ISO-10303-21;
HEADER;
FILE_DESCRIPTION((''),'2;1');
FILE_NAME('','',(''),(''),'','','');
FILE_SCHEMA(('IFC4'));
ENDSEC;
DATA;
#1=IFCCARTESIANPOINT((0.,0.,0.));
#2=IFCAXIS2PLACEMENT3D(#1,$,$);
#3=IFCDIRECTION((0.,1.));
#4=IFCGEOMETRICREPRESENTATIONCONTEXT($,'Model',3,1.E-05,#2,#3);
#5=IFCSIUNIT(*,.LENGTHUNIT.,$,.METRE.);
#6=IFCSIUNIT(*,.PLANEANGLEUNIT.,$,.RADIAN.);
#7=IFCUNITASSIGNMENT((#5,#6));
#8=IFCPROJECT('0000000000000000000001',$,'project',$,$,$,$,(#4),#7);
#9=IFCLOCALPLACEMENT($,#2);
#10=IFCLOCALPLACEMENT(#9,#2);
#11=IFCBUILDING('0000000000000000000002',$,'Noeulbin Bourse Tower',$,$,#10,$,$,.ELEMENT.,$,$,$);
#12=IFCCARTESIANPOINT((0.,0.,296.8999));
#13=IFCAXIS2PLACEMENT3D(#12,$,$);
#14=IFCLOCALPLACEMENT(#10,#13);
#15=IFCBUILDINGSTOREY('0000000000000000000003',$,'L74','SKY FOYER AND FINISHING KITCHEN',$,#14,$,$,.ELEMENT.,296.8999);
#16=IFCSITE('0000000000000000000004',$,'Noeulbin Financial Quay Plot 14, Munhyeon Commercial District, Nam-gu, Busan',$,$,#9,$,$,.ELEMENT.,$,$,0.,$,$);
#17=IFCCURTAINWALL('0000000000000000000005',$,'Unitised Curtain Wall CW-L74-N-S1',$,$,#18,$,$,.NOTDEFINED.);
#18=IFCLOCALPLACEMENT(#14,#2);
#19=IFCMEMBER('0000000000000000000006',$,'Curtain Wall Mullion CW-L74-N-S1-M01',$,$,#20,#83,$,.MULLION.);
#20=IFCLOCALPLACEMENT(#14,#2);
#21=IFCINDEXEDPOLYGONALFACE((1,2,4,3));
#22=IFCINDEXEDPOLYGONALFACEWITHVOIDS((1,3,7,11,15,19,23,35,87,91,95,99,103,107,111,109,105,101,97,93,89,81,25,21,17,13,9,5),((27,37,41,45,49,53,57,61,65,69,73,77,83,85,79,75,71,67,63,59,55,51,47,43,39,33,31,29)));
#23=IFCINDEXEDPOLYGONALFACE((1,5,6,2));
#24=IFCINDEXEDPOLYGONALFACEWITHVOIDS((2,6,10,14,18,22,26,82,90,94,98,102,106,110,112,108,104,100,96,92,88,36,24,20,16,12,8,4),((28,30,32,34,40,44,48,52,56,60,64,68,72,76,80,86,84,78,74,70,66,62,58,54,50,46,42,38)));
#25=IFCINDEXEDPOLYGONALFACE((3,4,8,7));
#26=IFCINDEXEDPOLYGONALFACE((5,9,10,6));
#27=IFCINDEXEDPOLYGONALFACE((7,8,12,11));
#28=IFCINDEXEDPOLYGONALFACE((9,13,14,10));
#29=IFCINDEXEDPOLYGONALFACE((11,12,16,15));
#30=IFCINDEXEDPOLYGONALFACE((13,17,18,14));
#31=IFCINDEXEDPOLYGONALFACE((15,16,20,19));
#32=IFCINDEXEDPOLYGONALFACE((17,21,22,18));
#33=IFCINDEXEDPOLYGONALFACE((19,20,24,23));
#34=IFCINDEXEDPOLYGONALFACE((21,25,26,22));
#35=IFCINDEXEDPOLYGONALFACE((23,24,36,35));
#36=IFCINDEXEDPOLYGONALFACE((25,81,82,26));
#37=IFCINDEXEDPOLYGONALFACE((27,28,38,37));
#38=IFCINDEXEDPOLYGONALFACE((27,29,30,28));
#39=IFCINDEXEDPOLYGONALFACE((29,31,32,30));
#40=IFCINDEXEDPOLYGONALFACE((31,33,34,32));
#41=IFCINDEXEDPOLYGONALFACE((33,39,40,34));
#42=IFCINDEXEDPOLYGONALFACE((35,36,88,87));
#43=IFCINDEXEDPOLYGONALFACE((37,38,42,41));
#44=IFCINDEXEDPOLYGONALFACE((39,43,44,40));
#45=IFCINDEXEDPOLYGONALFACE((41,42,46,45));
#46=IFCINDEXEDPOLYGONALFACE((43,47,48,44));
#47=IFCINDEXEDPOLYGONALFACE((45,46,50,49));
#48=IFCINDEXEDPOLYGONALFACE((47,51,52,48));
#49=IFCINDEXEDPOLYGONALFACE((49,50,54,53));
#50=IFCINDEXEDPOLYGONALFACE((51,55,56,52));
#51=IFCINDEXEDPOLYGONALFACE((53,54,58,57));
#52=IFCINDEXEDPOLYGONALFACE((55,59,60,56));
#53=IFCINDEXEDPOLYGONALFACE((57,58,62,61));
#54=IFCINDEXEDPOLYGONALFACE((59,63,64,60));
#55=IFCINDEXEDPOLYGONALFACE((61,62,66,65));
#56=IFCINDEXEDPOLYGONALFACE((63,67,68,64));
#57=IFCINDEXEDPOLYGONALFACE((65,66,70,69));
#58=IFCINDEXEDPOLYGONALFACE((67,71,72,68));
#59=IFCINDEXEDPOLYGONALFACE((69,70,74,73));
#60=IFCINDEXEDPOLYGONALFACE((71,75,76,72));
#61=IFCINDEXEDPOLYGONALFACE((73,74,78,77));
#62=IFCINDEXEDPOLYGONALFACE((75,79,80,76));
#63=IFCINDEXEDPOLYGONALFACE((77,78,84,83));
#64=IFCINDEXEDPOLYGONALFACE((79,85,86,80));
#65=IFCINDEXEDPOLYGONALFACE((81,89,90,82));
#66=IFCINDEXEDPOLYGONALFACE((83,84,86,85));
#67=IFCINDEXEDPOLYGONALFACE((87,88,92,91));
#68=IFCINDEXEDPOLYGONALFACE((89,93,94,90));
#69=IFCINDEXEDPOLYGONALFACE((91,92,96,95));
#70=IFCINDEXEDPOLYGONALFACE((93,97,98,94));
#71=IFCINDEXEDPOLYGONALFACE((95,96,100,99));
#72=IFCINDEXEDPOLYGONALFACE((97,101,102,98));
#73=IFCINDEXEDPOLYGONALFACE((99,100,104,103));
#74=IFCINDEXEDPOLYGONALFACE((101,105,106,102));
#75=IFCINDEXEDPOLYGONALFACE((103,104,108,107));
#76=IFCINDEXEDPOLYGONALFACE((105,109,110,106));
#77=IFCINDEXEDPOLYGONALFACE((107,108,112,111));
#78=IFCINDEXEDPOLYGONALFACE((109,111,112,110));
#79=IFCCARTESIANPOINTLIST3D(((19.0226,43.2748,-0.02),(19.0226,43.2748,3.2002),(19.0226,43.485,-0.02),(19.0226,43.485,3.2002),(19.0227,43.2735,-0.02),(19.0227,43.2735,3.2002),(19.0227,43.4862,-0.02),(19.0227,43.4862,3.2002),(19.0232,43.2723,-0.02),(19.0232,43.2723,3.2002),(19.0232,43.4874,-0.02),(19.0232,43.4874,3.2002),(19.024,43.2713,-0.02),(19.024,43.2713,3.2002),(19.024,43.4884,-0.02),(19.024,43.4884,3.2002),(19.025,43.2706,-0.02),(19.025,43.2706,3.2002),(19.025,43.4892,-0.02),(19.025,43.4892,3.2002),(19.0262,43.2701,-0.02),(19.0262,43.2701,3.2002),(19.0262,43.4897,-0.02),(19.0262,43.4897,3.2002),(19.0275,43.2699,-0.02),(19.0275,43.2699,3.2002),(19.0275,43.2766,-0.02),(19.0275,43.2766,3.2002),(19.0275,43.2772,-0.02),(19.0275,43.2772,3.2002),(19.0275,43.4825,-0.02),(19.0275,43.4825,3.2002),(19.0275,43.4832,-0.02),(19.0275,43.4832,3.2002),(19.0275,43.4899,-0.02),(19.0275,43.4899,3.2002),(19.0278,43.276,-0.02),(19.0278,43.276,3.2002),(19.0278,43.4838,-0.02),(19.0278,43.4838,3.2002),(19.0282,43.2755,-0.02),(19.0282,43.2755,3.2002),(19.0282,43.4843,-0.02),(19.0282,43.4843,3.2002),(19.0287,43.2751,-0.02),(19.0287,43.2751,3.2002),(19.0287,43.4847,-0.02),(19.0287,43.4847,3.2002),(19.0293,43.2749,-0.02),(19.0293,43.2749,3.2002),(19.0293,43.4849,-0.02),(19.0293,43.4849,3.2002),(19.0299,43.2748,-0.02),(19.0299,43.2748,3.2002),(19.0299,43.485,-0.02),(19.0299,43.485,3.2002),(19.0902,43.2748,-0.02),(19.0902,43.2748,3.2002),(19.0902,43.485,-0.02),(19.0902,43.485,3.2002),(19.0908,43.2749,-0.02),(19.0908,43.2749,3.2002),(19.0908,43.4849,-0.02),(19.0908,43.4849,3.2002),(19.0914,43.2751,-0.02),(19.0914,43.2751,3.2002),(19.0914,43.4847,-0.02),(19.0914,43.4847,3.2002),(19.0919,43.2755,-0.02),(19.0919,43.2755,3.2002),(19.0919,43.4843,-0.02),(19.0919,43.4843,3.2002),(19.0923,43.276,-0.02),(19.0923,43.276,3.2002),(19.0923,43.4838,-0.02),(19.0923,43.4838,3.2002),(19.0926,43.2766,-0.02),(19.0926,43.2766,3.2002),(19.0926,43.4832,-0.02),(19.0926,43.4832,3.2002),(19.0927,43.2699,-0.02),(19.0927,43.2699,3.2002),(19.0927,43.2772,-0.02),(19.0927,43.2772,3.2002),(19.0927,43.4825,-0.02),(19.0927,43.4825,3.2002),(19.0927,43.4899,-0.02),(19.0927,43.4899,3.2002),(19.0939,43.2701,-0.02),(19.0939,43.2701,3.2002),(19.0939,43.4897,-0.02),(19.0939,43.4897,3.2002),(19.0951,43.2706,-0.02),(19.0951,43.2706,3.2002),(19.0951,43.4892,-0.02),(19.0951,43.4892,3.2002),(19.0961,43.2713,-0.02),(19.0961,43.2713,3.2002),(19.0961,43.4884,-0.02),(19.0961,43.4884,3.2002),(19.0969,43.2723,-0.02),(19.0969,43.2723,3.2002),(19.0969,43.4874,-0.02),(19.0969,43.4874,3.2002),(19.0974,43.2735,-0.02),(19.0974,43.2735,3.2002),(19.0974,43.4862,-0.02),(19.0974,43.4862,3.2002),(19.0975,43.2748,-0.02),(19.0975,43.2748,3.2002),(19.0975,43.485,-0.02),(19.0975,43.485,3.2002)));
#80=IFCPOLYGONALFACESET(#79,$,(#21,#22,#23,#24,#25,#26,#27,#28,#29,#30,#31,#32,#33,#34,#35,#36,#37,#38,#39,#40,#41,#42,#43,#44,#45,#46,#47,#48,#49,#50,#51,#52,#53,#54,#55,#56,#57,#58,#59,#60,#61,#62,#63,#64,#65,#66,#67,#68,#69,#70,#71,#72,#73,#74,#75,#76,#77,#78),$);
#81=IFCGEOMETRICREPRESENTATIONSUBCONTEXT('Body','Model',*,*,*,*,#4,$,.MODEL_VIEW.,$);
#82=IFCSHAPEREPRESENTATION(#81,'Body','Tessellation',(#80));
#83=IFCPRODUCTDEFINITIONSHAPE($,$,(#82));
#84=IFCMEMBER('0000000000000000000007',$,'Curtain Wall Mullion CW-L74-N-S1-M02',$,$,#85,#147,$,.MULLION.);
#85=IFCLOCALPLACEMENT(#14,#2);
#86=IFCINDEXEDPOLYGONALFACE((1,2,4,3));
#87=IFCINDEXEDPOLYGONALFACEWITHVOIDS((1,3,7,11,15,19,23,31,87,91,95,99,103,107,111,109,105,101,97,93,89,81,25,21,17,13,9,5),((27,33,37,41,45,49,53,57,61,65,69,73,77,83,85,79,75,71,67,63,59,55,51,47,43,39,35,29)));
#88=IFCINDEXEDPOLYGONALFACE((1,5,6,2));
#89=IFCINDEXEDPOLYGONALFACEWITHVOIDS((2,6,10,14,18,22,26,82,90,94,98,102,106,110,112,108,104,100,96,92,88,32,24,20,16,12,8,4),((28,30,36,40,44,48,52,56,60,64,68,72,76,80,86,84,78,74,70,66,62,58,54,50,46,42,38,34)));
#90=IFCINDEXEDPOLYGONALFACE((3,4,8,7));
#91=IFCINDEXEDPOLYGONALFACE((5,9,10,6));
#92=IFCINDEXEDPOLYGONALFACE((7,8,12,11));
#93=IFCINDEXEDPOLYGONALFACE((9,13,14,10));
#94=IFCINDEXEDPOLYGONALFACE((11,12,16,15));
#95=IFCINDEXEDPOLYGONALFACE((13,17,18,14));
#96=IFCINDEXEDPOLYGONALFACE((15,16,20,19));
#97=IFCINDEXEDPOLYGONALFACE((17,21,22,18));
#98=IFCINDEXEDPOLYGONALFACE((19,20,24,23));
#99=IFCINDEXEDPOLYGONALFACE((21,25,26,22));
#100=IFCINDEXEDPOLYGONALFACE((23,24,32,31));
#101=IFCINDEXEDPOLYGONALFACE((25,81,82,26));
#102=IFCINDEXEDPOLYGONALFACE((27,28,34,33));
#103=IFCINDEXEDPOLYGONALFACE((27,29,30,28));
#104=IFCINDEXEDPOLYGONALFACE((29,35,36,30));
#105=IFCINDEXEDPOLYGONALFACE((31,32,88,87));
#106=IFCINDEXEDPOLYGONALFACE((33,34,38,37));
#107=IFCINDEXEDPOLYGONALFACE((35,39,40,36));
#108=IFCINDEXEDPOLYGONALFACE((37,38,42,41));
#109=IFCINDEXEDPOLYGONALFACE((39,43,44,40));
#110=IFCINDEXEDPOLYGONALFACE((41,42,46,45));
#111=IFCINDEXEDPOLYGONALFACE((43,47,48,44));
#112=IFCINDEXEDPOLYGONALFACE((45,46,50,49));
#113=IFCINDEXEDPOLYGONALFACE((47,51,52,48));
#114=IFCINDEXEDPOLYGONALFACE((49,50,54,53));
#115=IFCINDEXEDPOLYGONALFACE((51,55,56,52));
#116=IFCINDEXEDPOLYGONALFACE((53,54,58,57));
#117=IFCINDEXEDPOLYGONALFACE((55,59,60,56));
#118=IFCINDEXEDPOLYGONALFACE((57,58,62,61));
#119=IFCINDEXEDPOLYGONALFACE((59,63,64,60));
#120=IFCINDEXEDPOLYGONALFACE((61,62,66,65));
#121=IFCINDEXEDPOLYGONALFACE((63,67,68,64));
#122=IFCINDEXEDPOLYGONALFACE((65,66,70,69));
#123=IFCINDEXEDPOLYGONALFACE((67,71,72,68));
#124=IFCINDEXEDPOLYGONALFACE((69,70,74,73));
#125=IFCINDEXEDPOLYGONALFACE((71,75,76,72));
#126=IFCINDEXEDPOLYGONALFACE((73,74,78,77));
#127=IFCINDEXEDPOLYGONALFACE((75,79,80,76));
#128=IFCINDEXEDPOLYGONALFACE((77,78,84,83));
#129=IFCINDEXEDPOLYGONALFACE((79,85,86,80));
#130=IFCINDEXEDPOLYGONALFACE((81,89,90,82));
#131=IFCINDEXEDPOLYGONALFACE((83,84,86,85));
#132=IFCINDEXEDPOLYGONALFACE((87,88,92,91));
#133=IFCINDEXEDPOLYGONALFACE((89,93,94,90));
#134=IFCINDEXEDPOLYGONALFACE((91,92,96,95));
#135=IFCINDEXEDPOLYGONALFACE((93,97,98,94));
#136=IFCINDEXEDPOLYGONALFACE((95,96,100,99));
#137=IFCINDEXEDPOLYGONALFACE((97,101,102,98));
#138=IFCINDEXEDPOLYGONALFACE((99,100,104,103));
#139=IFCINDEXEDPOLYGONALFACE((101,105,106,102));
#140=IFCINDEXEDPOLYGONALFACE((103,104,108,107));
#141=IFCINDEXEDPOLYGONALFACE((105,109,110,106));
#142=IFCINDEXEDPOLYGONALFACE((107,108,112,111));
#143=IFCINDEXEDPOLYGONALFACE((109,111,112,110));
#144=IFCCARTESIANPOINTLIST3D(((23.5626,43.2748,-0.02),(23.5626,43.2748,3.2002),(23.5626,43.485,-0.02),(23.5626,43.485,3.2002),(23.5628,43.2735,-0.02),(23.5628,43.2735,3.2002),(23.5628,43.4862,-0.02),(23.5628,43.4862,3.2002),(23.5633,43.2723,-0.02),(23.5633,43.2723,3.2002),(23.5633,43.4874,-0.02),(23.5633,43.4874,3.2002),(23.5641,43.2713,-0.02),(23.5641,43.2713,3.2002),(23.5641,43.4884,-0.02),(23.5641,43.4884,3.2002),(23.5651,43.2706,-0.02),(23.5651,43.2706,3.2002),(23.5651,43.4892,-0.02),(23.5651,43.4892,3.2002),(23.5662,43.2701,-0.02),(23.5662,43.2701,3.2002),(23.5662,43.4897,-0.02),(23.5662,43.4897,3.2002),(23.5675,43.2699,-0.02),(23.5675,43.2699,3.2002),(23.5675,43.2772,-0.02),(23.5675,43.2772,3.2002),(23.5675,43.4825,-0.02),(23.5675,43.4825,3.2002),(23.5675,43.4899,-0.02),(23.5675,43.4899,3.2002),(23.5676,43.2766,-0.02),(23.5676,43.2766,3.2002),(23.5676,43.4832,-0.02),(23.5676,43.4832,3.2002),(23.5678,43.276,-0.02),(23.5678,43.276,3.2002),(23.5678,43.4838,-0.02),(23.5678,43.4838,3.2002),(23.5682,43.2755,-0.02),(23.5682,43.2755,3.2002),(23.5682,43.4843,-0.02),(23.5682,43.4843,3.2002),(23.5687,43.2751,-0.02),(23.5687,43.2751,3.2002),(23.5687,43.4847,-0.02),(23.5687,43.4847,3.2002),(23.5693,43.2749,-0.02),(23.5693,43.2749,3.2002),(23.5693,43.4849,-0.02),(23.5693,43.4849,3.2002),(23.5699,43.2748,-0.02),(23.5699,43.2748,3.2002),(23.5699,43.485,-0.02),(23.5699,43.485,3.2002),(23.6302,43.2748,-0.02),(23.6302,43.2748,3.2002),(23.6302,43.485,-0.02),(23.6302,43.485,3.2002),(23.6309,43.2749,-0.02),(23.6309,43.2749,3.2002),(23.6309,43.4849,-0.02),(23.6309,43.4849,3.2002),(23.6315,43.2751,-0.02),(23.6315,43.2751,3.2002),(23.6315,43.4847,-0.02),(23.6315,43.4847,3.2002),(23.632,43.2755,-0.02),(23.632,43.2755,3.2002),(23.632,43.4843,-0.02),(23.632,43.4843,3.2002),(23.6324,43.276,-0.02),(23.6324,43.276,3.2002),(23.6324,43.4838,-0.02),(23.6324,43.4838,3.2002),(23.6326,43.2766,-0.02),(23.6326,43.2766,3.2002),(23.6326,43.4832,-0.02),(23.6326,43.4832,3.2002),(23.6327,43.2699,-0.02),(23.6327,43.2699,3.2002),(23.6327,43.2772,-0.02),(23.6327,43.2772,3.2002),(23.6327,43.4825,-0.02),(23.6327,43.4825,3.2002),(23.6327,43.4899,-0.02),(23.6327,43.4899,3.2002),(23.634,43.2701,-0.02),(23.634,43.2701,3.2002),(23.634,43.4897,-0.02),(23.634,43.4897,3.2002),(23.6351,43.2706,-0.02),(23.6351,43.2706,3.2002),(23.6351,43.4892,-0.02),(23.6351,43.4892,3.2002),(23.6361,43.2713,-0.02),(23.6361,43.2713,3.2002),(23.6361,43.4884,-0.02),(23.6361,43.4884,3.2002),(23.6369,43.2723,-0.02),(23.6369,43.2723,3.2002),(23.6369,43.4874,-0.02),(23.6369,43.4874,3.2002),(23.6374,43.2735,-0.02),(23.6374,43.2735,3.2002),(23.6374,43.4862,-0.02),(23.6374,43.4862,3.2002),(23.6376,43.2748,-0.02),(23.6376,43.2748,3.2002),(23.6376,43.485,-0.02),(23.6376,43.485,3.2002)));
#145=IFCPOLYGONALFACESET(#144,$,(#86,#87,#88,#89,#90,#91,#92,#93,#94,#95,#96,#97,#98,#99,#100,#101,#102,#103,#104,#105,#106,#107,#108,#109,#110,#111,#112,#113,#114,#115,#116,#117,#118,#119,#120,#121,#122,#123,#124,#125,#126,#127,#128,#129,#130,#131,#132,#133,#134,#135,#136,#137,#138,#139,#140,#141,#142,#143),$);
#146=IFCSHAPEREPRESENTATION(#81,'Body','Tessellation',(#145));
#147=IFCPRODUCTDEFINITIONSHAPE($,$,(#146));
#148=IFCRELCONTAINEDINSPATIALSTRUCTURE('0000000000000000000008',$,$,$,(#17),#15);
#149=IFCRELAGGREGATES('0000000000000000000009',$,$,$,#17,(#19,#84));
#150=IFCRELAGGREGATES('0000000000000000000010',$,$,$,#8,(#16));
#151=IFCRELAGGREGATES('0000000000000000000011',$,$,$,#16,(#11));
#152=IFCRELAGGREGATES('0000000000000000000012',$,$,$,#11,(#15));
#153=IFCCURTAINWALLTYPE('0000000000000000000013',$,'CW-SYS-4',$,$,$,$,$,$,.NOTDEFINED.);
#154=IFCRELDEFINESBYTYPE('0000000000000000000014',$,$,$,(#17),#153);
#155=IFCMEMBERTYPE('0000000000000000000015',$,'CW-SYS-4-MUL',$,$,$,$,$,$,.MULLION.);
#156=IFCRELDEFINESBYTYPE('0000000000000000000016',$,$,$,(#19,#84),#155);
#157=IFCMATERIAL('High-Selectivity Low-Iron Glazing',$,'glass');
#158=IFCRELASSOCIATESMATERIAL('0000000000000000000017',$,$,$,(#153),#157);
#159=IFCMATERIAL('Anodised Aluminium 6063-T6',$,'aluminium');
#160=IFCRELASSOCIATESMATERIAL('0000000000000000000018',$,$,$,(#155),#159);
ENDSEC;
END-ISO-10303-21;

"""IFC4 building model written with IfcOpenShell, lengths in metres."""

from ifc_helpers import new_model, si_unit, direction, frame, origin, origin_2d, place, context, subcontext, project, spatial, hollow_rectangle, extrude, material, material_profile, profile_set, type_object, element, aggregate, save


model = new_model("IFC4")

# Units and contexts
model_context = context("Model", 3, precision=1e-05, world=origin(), true_north=direction((0.0, 1.0)))
body_context = subcontext(model_context, "Body", "Model", "MODEL_VIEW")
ifc_project = project(units=[si_unit("LENGTHUNIT", "METRE"), si_unit("PLANEANGLEUNIT", "RADIAN")], contexts=[model_context])

# Site, building, storey
site_placement = place(None, origin())
site = spatial("IfcSite", under=ifc_project, at=site_placement, Name="Noeulbin Financial Quay Plot 14, Munhyeon Commercial District, Nam-gu, Busan", CompositionType="ELEMENT", RefElevation=0.0)
building_placement = place(site_placement, origin())
building = spatial("IfcBuilding", under=site, at=building_placement, Name="Noeulbin Bourse Tower", CompositionType="ELEMENT")
storey_placement = place(building_placement, frame((0.0, 0.0, 296.8999)))
storey = spatial("IfcBuildingStorey", under=building, at=storey_placement, Name="L74", Description="SKY FOYER AND FINISHING KITCHEN", CompositionType="ELEMENT", Elevation=296.8999)

# Curtain wall, members
ifc_material_1 = material(Name="High-Selectivity Low-Iron Glazing", Category="glass")
curtain_wall_type = type_object("IfcCurtainWallType", Name="CW-SYS-4", PredefinedType="NOTDEFINED", material=ifc_material_1)
curtain_wall_1_placement = place(storey_placement, origin())
curtain_wall_1 = element("IfcCurtainWall", 1, at=curtain_wall_1_placement, inside=storey, type_object=curtain_wall_type, Name="Unitised Curtain Wall CW-L74-N-S1", PredefinedType="NOTDEFINED")
ifc_material_2 = material(Name="Anodised Aluminium 6063-T6", Category="aluminium")
ifc_material_profile_1 = material_profile(ifc_material_2, hollow_rectangle(XDim=0.075, YDim=0.22, WallThickness=0.0049, InnerFilletRadius=0.0024, OuterFilletRadius=0.0049, at=origin_2d()), Name="ALU-MULL-75x220x5", Category="LoadBearing")
ifc_profile_set_1 = profile_set([ifc_material_profile_1], Name="Anodised Aluminium 6063-T6")
member_type_1 = type_object("IfcMemberType", Name="CW-SYS-4-MUL", PredefinedType="MULLION", material=ifc_profile_set_1)
member_1_placement = place(storey_placement, frame((19.0601, 43.3799, -0.02), z_axis=(0.0, 0.0, 1.0), x_axis=(1.0, 0.0, 0.0)))
member_1 = element("IfcMember", 2, at=member_1_placement, type_object=member_type_1, Name="Curtain Wall Mullion CW-L74-N-S1-M01", PredefinedType="MULLION", context=body_context, shape_type="SweptSolid", body=[
    extrude(hollow_rectangle(XDim=0.075, YDim=0.22, WallThickness=0.0049, InnerFilletRadius=0.0024, OuterFilletRadius=0.0049, at=origin_2d()), origin(), (0.0, 0.0, 1.0), 3.2202),
])
member_2_placement = place(storey_placement, frame((23.6001, 43.3799, -0.02), z_axis=(0.0, 0.0, 1.0), x_axis=(1.0, 0.0, 0.0)))
member_2 = element("IfcMember", 3, at=member_2_placement, type_object=member_type_1, Name="Curtain Wall Mullion CW-L74-N-S1-M02", PredefinedType="MULLION", context=body_context, shape_type="SweptSolid", body=[
    extrude(hollow_rectangle(XDim=0.075, YDim=0.22, WallThickness=0.0049, InnerFilletRadius=0.0024, OuterFilletRadius=0.0049, at=origin_2d()), origin(), (0.0, 0.0, 1.0), 3.2202),
])

aggregate(curtain_wall_1, [member_1, member_2])

save(model, "model.ifc")
